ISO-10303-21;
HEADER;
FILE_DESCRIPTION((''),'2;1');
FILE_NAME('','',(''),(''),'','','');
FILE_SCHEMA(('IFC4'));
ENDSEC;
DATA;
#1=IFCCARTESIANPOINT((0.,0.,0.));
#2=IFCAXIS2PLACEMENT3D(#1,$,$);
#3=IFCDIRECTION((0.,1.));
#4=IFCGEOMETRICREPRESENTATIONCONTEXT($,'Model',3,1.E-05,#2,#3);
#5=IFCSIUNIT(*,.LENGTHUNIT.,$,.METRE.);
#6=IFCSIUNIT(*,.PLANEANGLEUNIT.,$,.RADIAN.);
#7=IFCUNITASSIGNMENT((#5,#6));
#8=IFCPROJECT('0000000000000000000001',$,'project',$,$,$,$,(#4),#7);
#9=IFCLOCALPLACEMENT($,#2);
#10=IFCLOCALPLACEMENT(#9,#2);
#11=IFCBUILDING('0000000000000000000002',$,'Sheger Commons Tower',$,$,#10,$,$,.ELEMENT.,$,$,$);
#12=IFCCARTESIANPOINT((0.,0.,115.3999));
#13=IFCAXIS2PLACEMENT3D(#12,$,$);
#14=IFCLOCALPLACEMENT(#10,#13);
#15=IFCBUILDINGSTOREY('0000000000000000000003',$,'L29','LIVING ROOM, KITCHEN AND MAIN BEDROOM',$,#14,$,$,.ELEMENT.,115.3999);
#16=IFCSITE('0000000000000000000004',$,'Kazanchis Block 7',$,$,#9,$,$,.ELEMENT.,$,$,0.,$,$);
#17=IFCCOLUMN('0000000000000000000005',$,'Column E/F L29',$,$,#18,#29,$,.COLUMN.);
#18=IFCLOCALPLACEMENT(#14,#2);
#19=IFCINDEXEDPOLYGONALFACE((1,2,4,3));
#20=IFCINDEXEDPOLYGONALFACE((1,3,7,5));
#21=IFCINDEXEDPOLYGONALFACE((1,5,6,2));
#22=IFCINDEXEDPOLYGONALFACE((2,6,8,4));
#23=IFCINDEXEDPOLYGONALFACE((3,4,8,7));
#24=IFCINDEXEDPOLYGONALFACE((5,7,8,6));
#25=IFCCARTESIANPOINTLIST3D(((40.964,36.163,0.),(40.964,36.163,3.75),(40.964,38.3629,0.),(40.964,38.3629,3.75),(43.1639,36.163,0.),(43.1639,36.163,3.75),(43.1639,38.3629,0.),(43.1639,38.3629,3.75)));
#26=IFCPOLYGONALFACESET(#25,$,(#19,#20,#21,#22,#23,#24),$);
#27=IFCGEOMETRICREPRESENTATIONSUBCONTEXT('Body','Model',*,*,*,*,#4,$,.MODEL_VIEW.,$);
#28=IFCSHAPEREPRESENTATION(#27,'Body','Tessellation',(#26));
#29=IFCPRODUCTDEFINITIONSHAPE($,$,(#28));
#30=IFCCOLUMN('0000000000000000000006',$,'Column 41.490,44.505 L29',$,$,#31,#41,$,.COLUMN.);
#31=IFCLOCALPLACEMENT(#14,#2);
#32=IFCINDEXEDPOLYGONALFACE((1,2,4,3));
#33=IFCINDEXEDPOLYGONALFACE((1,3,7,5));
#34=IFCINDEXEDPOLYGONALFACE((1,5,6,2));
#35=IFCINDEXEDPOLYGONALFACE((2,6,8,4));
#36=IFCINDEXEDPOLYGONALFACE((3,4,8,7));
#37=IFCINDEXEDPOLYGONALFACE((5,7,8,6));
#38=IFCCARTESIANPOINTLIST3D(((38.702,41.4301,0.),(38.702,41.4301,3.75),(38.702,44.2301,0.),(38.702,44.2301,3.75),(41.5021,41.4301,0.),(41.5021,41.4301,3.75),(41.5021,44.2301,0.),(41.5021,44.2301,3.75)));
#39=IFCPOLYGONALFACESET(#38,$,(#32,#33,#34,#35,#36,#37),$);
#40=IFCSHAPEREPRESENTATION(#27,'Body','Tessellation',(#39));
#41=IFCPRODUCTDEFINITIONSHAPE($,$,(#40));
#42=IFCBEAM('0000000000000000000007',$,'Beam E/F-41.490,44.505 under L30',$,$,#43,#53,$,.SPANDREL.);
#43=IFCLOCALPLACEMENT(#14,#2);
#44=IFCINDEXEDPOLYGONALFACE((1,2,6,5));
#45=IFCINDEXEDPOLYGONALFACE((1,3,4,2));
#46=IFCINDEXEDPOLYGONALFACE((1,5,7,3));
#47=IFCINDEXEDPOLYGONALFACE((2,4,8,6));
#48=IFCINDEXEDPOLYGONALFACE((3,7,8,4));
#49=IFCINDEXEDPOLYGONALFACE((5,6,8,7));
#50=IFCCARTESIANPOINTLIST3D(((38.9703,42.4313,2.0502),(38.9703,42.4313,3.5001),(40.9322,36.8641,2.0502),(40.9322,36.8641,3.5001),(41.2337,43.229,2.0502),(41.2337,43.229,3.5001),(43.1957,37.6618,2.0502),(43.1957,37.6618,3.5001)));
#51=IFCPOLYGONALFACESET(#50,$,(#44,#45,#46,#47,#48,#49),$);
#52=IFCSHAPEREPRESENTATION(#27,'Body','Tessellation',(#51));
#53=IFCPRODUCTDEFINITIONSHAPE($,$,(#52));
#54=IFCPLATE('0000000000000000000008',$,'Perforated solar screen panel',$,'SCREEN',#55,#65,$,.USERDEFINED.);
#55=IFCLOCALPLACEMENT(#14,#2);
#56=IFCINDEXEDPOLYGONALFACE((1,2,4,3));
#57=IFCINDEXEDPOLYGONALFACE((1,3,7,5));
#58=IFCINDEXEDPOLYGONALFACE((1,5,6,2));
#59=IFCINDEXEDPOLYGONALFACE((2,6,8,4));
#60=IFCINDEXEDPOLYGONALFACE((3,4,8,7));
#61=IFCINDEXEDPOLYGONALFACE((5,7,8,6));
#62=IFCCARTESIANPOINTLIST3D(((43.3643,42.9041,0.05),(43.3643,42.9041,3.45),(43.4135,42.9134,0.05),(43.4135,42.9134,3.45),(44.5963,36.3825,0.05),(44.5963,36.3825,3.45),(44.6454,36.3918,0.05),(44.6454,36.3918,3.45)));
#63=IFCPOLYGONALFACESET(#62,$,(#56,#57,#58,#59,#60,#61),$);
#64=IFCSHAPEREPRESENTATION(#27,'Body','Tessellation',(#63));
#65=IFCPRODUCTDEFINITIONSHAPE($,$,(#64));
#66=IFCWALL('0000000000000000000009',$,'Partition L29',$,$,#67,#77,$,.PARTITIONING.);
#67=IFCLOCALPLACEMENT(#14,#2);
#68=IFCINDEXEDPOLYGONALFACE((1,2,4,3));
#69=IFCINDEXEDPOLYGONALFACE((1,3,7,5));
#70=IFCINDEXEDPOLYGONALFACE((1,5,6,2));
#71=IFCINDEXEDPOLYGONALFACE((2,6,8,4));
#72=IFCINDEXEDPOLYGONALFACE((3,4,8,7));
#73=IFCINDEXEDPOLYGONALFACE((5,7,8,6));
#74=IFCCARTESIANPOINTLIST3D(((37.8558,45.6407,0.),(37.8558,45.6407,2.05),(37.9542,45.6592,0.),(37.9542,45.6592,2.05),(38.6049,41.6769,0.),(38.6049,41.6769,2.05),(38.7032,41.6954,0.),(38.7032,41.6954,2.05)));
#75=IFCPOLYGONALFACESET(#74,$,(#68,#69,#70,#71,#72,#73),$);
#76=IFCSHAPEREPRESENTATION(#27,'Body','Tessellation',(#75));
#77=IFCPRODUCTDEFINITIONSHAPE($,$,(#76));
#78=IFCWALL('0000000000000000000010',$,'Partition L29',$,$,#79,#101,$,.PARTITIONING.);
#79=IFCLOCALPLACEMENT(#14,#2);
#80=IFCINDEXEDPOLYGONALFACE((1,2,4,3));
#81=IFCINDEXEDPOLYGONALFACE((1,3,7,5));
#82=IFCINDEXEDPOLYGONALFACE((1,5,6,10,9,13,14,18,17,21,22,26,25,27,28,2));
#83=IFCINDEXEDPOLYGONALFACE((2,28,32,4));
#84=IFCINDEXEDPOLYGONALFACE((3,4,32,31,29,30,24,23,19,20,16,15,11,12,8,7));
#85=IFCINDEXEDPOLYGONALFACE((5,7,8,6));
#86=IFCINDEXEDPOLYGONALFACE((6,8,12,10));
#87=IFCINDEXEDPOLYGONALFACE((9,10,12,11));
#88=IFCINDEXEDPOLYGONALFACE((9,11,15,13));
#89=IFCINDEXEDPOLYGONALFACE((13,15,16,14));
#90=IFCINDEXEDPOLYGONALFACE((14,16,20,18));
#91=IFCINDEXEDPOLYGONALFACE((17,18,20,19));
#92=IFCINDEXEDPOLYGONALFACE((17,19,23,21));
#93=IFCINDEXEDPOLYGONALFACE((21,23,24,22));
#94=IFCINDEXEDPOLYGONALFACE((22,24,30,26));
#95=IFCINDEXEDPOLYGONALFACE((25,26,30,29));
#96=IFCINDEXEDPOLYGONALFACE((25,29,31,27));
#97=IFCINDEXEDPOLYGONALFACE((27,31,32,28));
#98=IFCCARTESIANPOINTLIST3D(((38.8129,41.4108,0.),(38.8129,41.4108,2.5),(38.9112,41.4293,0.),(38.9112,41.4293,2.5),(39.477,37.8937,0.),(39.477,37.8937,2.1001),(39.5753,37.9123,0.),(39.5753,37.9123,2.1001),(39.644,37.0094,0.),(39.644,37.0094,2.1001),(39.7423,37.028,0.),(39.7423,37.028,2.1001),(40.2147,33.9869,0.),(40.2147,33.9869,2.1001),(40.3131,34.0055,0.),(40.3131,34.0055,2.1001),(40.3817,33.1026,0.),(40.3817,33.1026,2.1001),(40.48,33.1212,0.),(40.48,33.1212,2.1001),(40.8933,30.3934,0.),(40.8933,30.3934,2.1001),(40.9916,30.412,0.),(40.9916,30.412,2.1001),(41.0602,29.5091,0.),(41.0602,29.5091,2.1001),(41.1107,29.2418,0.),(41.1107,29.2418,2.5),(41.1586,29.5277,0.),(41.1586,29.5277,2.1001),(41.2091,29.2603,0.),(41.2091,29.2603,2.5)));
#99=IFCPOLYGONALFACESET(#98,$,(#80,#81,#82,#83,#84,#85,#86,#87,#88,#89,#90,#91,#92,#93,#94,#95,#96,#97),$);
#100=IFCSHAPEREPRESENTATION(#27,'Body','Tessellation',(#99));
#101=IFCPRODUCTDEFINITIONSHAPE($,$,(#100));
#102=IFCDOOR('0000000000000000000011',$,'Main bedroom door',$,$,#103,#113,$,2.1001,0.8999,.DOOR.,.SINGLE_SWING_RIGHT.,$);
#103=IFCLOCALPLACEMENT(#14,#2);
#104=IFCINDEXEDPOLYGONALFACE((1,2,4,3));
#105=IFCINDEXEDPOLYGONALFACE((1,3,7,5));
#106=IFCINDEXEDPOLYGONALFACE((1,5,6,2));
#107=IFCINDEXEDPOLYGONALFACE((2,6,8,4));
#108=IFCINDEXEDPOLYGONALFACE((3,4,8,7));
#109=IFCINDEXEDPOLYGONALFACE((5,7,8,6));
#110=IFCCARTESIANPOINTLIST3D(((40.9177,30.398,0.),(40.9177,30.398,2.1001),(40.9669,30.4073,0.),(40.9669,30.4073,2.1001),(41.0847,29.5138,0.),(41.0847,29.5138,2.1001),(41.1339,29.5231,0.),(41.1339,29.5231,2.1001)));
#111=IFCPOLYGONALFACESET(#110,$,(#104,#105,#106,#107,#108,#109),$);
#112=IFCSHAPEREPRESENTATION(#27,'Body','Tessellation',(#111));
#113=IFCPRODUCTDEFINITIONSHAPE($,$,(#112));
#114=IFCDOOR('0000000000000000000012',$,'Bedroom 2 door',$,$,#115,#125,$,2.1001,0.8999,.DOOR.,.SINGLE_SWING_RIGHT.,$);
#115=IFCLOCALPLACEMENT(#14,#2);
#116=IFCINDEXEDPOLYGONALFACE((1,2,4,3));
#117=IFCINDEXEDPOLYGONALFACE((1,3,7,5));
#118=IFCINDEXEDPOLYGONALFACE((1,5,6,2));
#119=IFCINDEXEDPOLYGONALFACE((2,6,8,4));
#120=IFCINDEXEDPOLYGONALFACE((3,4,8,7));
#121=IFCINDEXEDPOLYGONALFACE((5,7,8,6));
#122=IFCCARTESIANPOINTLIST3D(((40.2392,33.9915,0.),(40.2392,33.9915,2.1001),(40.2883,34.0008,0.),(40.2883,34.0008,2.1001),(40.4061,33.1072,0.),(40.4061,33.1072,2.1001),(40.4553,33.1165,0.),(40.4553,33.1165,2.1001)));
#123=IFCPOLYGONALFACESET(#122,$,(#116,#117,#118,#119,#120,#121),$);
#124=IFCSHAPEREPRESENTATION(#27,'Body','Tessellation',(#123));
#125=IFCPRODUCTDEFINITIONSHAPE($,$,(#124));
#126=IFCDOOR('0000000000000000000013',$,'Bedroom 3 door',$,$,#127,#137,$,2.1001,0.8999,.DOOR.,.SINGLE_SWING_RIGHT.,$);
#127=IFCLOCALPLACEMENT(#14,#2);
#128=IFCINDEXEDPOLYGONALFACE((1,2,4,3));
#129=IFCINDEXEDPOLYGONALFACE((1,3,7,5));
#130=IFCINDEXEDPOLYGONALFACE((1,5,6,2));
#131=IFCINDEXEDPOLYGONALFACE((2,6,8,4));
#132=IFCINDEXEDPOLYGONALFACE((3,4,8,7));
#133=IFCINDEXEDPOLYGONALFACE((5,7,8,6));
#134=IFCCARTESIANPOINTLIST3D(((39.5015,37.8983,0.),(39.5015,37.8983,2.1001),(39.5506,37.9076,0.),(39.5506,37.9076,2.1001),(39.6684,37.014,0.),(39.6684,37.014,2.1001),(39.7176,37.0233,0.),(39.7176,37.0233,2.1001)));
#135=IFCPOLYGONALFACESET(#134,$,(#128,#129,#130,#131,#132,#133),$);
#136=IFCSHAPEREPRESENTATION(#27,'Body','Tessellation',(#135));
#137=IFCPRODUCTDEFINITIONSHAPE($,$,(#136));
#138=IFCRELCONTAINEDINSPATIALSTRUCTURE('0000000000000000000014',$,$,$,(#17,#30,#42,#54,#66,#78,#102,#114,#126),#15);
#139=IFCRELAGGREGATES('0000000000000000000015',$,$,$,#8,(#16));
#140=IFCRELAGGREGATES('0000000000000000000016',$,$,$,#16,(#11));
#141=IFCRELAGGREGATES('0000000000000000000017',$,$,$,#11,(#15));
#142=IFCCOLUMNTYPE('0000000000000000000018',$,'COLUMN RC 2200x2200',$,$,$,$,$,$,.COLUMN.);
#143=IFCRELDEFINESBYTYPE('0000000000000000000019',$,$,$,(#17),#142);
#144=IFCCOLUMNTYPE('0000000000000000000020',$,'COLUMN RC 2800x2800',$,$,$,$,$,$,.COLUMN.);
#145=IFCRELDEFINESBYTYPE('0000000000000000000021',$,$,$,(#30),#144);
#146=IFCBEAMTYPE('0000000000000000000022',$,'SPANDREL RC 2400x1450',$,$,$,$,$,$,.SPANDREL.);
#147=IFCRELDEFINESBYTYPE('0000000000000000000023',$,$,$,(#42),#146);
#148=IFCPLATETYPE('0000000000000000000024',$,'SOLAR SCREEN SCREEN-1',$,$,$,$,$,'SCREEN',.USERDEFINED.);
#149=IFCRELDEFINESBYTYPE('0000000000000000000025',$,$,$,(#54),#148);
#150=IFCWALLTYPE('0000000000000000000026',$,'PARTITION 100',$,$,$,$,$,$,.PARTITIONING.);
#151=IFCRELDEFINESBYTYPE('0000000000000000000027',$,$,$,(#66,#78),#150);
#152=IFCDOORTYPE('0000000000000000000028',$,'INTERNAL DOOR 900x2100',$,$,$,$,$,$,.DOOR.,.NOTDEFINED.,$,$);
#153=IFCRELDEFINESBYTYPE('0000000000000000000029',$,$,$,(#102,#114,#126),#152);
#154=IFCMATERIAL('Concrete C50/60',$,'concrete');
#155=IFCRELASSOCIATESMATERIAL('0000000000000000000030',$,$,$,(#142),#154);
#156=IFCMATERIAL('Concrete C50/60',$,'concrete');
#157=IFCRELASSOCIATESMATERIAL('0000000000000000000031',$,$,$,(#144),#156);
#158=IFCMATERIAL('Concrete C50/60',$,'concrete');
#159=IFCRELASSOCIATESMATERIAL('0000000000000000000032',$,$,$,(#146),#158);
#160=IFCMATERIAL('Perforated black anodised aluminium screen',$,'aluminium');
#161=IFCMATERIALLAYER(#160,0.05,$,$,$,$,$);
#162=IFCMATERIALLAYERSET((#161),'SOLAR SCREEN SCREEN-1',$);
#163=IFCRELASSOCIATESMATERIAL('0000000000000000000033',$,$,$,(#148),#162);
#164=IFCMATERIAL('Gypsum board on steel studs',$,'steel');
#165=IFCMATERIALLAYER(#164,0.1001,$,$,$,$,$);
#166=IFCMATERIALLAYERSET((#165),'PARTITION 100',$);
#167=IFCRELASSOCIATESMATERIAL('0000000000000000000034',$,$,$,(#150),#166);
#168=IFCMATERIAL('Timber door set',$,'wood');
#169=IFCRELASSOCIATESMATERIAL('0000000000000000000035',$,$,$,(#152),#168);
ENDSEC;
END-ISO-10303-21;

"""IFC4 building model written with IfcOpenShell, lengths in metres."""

from ifc_helpers import new_model, si_unit, direction, frame, frame_2d, origin, origin_2d, place, context, subcontext, project, spatial, rectangle, extrude, material, layer, layer_set, material_profile, profile_set, type_object, element, fill, save


model = new_model("IFC4")

# Units and contexts
model_context = context("Model", 3, precision=1e-05, world=origin(), true_north=direction((0.0, 1.0)))
body_context = subcontext(model_context, "Body", "Model", "MODEL_VIEW")
ifc_project = project(units=[si_unit("LENGTHUNIT", "METRE"), si_unit("PLANEANGLEUNIT", "RADIAN")], contexts=[model_context])

# Site, building, storey
site_placement = place(None, origin())
site = spatial("IfcSite", under=ifc_project, at=site_placement, Name="Kazanchis Block 7", CompositionType="ELEMENT", RefElevation=0.0)
building_placement = place(site_placement, origin())
building = spatial("IfcBuilding", under=site, at=building_placement, Name="Sheger Commons Tower", CompositionType="ELEMENT")
storey_placement = place(building_placement, frame((0.0, 0.0, 115.3999)))
storey = spatial("IfcBuildingStorey", under=building, at=storey_placement, Name="L29", Description="LIVING ROOM, KITCHEN AND MAIN BEDROOM", CompositionType="ELEMENT", Elevation=115.3999)

# Columns
ifc_material_1 = material(Name="Concrete C50/60", Category="concrete")
ifc_material_profile_1 = material_profile(ifc_material_1, rectangle(XDim=2.2, YDim=2.2, at=origin_2d()), Name="RC 2200x2200")
ifc_profile_set_1 = profile_set([ifc_material_profile_1], Name="Concrete C50/60")
column_type_1 = type_object("IfcColumnType", Name="COLUMN RC 2200x2200", PredefinedType="COLUMN", material=ifc_profile_set_1)
column_1_placement = place(storey_placement, frame((42.064, 37.2629, 0.0), z_axis=(0.0, 0.0, 1.0), x_axis=(1.0, 0.0, 0.0)))
element("IfcColumn", 1, at=column_1_placement, inside=storey, type_object=column_type_1, Name="Column E/F L29", PredefinedType="COLUMN", context=body_context, shape_type="SweptSolid", body=[
    extrude(rectangle(XDim=2.2, YDim=2.2, at=origin_2d()), origin(), (0.0, 0.0, 1.0), 3.75),
])
ifc_material_2 = material(Name="Concrete C50/60", Category="concrete")
ifc_material_profile_2 = material_profile(ifc_material_2, rectangle(XDim=2.8, YDim=2.8, at=origin_2d()), Name="RC 2800x2800")
ifc_profile_set_2 = profile_set([ifc_material_profile_2], Name="Concrete C50/60")
column_type_2 = type_object("IfcColumnType", Name="COLUMN RC 2800x2800", PredefinedType="COLUMN", material=ifc_profile_set_2)
column_2_placement = place(storey_placement, frame((40.1021, 42.8301, 0.0), z_axis=(0.0, 0.0, 1.0), x_axis=(1.0, 0.0, 0.0)))
element("IfcColumn", 2, at=column_2_placement, inside=storey, type_object=column_type_2, Name="Column 41.490,44.505 L29", PredefinedType="COLUMN", context=body_context, shape_type="SweptSolid", body=[
    extrude(rectangle(XDim=2.8, YDim=2.8, at=origin_2d()), origin(), (0.0, 0.0, 1.0), 3.75),
])

# Beam
ifc_material_3 = material(Name="Concrete C50/60", Category="concrete")
ifc_material_profile_3 = material_profile(ifc_material_3, rectangle(XDim=2.3999, YDim=1.45, at=origin_2d()), Name="RC 2400x1450")
ifc_profile_set_3 = profile_set([ifc_material_profile_3], Name="Concrete C50/60")
beam_type = type_object("IfcBeamType", Name="SPANDREL RC 2400x1450", PredefinedType="SPANDREL", material=ifc_profile_set_3)
beam_placement = place(storey_placement, frame((42.064, 37.2629, 2.7751), z_axis=(-0.332374, 0.943148, 0.0), x_axis=(-0.943148, -0.332374, 0.0)))
element("IfcBeam", 3, at=beam_placement, inside=storey, type_object=beam_type, Name="Beam E/F-41.490,44.505 under L30", PredefinedType="SPANDREL", context=body_context, shape_type="SweptSolid", body=[
    extrude(rectangle(XDim=2.3999, YDim=1.45, at=origin_2d()), origin(), (0.0, 0.0, 1.0), 5.9028),
])

# Plate
ifc_material_4 = material(Name="Perforated black anodised aluminium screen", Category="aluminium")
ifc_layer_1 = layer(ifc_material_4, 0.05)
ifc_layer_set_1 = layer_set([ifc_layer_1], Name="SOLAR SCREEN SCREEN-1")
plate_type = type_object("IfcPlateType", Name="SOLAR SCREEN SCREEN-1", ElementType="SCREEN", PredefinedType="USERDEFINED", material=ifc_layer_set_1)
plate_placement = place(storey_placement, frame((44.0049, 39.6479, 0.05), z_axis=(0.0, 0.0, 1.0), x_axis=(-0.185615, 0.982623, 0.0)))
element("IfcPlate", 4, at=plate_placement, inside=storey, type_object=plate_type, Name="Perforated solar screen panel", ObjectType="SCREEN", PredefinedType="USERDEFINED", context=body_context, shape_type="SweptSolid", body=[
    extrude(rectangle(XDim=6.637, YDim=0.05, at=origin_2d()), origin(), (0.0, 0.0, 1.0), 3.3999),
])

# Wall
ifc_material_5 = material(Name="Gypsum board on steel studs", Category="steel")
ifc_layer_2 = layer(ifc_material_5, 0.1001)
ifc_layer_set_2 = layer_set([ifc_layer_2], Name="PARTITION 100")
wall_type = type_object("IfcWallType", Name="PARTITION 100", PredefinedType="PARTITIONING", material=ifc_layer_set_2)
wall_1_placement = place(storey_placement, frame((38.6541, 41.686, 0.0), z_axis=(0.0, 0.0, 1.0), x_axis=(-0.185677, 0.982611, 0.0)))
element("IfcWall", 5, at=wall_1_placement, inside=storey, type_object=wall_type, Name="Partition L29", PredefinedType="PARTITIONING", context=body_context, shape_type="SweptSolid", body=[
    extrude(rectangle(XDim=4.0339, YDim=0.1001, at=frame_2d((2.0171, 0.0))), origin(), (0.0, 0.0, 1.0), 2.05),
])

# Wall, openings, doors
wall_2_placement = place(storey_placement, frame((38.8621, 41.4199, 0.0), z_axis=(0.0, 0.0, 1.0), x_axis=(0.18555, -0.982635, 0.0)))
wall_2 = element("IfcWall", 6, at=wall_2_placement, inside=storey, type_object=wall_type, Name="Partition L29", PredefinedType="PARTITIONING", context=body_context, shape_type="SweptSolid", body=[
    extrude(rectangle(XDim=12.384, YDim=0.1001, at=frame_2d((6.1919, 0.0))), origin(), (0.0, 0.0, 1.0), 2.5),
])
opening_1_placement = place(wall_2_placement, frame((11.2119, 0.0, 0.0)))
opening_1 = element("IfcOpeningElement", 7, at=opening_1_placement, cuts=wall_2, PredefinedType="OPENING", context=body_context, shape_type="SweptSolid", body=[
    extrude(rectangle(XDim=0.8999, YDim=2.1001, at=frame_2d((0.45, 1.05))), frame((0.0, 0.0601, 0.0), z_axis=(0.0, -1.0, 0.0), x_axis=(1.0, 0.0, 0.0)), (0.0, 0.0, 1.0), 0.1201),
])
opening_2_placement = place(wall_2_placement, frame((7.5549, 0.0, 0.0)))
opening_2 = element("IfcOpeningElement", 8, at=opening_2_placement, cuts=wall_2, PredefinedType="OPENING", context=body_context, shape_type="SweptSolid", body=[
    extrude(rectangle(XDim=0.8999, YDim=2.1001, at=frame_2d((0.45, 1.05))), frame((0.0, 0.0601, 0.0), z_axis=(0.0, -1.0, 0.0), x_axis=(1.0, 0.0, 0.0)), (0.0, 0.0, 1.0), 0.1201),
])
opening_3_placement = place(wall_2_placement, frame((3.5791, 0.0, 0.0)))
opening_3 = element("IfcOpeningElement", 9, at=opening_3_placement, cuts=wall_2, PredefinedType="OPENING", context=body_context, shape_type="SweptSolid", body=[
    extrude(rectangle(XDim=0.8999, YDim=2.1001, at=frame_2d((0.45, 1.05))), frame((0.0, 0.0601, 0.0), z_axis=(0.0, -1.0, 0.0), x_axis=(1.0, 0.0, 0.0)), (0.0, 0.0, 1.0), 0.1201),
])
ifc_material_6 = material(Name="Timber door set", Category="wood")
door_type = type_object("IfcDoorType", Name="INTERNAL DOOR 900x2100", OperationType="NOTDEFINED", PredefinedType="DOOR", material=ifc_material_6)
door_1_placement = place(opening_1_placement, origin())
door_1 = element("IfcDoor", 10, at=door_1_placement, inside=storey, type_object=door_type, Name="Main bedroom door", OperationType="SINGLE_SWING_RIGHT", OverallHeight=2.1001, OverallWidth=0.8999, PredefinedType="DOOR", context=body_context, shape_type="SweptSolid", body=[
    extrude(rectangle(XDim=0.8999, YDim=2.1001, at=frame_2d((0.45, 1.05))), frame((0.0, 0.0249, 0.0), z_axis=(0.0, -1.0, 0.0), x_axis=(1.0, 0.0, 0.0)), (0.0, 0.0, 1.0), 0.05),
])
fill(opening_1, door_1)
door_2_placement = place(opening_2_placement, origin())
door_2 = element("IfcDoor", 11, at=door_2_placement, inside=storey, type_object=door_type, Name="Bedroom 2 door", OperationType="SINGLE_SWING_RIGHT", OverallHeight=2.1001, OverallWidth=0.8999, PredefinedType="DOOR", context=body_context, shape_type="SweptSolid", body=[
    extrude(rectangle(XDim=0.8999, YDim=2.1001, at=frame_2d((0.45, 1.05))), frame((0.0, 0.0249, 0.0), z_axis=(0.0, -1.0, 0.0), x_axis=(1.0, 0.0, 0.0)), (0.0, 0.0, 1.0), 0.05),
])
fill(opening_2, door_2)
door_3_placement = place(opening_3_placement, origin())
door_3 = element("IfcDoor", 12, at=door_3_placement, inside=storey, type_object=door_type, Name="Bedroom 3 door", OperationType="SINGLE_SWING_RIGHT", OverallHeight=2.1001, OverallWidth=0.8999, PredefinedType="DOOR", context=body_context, shape_type="SweptSolid", body=[
    extrude(rectangle(XDim=0.8999, YDim=2.1001, at=frame_2d((0.45, 1.05))), frame((0.0, 0.0249, 0.0), z_axis=(0.0, -1.0, 0.0), x_axis=(1.0, 0.0, 0.0)), (0.0, 0.0, 1.0), 0.05),
])
fill(opening_3, door_3)

save(model, "model.ifc")
